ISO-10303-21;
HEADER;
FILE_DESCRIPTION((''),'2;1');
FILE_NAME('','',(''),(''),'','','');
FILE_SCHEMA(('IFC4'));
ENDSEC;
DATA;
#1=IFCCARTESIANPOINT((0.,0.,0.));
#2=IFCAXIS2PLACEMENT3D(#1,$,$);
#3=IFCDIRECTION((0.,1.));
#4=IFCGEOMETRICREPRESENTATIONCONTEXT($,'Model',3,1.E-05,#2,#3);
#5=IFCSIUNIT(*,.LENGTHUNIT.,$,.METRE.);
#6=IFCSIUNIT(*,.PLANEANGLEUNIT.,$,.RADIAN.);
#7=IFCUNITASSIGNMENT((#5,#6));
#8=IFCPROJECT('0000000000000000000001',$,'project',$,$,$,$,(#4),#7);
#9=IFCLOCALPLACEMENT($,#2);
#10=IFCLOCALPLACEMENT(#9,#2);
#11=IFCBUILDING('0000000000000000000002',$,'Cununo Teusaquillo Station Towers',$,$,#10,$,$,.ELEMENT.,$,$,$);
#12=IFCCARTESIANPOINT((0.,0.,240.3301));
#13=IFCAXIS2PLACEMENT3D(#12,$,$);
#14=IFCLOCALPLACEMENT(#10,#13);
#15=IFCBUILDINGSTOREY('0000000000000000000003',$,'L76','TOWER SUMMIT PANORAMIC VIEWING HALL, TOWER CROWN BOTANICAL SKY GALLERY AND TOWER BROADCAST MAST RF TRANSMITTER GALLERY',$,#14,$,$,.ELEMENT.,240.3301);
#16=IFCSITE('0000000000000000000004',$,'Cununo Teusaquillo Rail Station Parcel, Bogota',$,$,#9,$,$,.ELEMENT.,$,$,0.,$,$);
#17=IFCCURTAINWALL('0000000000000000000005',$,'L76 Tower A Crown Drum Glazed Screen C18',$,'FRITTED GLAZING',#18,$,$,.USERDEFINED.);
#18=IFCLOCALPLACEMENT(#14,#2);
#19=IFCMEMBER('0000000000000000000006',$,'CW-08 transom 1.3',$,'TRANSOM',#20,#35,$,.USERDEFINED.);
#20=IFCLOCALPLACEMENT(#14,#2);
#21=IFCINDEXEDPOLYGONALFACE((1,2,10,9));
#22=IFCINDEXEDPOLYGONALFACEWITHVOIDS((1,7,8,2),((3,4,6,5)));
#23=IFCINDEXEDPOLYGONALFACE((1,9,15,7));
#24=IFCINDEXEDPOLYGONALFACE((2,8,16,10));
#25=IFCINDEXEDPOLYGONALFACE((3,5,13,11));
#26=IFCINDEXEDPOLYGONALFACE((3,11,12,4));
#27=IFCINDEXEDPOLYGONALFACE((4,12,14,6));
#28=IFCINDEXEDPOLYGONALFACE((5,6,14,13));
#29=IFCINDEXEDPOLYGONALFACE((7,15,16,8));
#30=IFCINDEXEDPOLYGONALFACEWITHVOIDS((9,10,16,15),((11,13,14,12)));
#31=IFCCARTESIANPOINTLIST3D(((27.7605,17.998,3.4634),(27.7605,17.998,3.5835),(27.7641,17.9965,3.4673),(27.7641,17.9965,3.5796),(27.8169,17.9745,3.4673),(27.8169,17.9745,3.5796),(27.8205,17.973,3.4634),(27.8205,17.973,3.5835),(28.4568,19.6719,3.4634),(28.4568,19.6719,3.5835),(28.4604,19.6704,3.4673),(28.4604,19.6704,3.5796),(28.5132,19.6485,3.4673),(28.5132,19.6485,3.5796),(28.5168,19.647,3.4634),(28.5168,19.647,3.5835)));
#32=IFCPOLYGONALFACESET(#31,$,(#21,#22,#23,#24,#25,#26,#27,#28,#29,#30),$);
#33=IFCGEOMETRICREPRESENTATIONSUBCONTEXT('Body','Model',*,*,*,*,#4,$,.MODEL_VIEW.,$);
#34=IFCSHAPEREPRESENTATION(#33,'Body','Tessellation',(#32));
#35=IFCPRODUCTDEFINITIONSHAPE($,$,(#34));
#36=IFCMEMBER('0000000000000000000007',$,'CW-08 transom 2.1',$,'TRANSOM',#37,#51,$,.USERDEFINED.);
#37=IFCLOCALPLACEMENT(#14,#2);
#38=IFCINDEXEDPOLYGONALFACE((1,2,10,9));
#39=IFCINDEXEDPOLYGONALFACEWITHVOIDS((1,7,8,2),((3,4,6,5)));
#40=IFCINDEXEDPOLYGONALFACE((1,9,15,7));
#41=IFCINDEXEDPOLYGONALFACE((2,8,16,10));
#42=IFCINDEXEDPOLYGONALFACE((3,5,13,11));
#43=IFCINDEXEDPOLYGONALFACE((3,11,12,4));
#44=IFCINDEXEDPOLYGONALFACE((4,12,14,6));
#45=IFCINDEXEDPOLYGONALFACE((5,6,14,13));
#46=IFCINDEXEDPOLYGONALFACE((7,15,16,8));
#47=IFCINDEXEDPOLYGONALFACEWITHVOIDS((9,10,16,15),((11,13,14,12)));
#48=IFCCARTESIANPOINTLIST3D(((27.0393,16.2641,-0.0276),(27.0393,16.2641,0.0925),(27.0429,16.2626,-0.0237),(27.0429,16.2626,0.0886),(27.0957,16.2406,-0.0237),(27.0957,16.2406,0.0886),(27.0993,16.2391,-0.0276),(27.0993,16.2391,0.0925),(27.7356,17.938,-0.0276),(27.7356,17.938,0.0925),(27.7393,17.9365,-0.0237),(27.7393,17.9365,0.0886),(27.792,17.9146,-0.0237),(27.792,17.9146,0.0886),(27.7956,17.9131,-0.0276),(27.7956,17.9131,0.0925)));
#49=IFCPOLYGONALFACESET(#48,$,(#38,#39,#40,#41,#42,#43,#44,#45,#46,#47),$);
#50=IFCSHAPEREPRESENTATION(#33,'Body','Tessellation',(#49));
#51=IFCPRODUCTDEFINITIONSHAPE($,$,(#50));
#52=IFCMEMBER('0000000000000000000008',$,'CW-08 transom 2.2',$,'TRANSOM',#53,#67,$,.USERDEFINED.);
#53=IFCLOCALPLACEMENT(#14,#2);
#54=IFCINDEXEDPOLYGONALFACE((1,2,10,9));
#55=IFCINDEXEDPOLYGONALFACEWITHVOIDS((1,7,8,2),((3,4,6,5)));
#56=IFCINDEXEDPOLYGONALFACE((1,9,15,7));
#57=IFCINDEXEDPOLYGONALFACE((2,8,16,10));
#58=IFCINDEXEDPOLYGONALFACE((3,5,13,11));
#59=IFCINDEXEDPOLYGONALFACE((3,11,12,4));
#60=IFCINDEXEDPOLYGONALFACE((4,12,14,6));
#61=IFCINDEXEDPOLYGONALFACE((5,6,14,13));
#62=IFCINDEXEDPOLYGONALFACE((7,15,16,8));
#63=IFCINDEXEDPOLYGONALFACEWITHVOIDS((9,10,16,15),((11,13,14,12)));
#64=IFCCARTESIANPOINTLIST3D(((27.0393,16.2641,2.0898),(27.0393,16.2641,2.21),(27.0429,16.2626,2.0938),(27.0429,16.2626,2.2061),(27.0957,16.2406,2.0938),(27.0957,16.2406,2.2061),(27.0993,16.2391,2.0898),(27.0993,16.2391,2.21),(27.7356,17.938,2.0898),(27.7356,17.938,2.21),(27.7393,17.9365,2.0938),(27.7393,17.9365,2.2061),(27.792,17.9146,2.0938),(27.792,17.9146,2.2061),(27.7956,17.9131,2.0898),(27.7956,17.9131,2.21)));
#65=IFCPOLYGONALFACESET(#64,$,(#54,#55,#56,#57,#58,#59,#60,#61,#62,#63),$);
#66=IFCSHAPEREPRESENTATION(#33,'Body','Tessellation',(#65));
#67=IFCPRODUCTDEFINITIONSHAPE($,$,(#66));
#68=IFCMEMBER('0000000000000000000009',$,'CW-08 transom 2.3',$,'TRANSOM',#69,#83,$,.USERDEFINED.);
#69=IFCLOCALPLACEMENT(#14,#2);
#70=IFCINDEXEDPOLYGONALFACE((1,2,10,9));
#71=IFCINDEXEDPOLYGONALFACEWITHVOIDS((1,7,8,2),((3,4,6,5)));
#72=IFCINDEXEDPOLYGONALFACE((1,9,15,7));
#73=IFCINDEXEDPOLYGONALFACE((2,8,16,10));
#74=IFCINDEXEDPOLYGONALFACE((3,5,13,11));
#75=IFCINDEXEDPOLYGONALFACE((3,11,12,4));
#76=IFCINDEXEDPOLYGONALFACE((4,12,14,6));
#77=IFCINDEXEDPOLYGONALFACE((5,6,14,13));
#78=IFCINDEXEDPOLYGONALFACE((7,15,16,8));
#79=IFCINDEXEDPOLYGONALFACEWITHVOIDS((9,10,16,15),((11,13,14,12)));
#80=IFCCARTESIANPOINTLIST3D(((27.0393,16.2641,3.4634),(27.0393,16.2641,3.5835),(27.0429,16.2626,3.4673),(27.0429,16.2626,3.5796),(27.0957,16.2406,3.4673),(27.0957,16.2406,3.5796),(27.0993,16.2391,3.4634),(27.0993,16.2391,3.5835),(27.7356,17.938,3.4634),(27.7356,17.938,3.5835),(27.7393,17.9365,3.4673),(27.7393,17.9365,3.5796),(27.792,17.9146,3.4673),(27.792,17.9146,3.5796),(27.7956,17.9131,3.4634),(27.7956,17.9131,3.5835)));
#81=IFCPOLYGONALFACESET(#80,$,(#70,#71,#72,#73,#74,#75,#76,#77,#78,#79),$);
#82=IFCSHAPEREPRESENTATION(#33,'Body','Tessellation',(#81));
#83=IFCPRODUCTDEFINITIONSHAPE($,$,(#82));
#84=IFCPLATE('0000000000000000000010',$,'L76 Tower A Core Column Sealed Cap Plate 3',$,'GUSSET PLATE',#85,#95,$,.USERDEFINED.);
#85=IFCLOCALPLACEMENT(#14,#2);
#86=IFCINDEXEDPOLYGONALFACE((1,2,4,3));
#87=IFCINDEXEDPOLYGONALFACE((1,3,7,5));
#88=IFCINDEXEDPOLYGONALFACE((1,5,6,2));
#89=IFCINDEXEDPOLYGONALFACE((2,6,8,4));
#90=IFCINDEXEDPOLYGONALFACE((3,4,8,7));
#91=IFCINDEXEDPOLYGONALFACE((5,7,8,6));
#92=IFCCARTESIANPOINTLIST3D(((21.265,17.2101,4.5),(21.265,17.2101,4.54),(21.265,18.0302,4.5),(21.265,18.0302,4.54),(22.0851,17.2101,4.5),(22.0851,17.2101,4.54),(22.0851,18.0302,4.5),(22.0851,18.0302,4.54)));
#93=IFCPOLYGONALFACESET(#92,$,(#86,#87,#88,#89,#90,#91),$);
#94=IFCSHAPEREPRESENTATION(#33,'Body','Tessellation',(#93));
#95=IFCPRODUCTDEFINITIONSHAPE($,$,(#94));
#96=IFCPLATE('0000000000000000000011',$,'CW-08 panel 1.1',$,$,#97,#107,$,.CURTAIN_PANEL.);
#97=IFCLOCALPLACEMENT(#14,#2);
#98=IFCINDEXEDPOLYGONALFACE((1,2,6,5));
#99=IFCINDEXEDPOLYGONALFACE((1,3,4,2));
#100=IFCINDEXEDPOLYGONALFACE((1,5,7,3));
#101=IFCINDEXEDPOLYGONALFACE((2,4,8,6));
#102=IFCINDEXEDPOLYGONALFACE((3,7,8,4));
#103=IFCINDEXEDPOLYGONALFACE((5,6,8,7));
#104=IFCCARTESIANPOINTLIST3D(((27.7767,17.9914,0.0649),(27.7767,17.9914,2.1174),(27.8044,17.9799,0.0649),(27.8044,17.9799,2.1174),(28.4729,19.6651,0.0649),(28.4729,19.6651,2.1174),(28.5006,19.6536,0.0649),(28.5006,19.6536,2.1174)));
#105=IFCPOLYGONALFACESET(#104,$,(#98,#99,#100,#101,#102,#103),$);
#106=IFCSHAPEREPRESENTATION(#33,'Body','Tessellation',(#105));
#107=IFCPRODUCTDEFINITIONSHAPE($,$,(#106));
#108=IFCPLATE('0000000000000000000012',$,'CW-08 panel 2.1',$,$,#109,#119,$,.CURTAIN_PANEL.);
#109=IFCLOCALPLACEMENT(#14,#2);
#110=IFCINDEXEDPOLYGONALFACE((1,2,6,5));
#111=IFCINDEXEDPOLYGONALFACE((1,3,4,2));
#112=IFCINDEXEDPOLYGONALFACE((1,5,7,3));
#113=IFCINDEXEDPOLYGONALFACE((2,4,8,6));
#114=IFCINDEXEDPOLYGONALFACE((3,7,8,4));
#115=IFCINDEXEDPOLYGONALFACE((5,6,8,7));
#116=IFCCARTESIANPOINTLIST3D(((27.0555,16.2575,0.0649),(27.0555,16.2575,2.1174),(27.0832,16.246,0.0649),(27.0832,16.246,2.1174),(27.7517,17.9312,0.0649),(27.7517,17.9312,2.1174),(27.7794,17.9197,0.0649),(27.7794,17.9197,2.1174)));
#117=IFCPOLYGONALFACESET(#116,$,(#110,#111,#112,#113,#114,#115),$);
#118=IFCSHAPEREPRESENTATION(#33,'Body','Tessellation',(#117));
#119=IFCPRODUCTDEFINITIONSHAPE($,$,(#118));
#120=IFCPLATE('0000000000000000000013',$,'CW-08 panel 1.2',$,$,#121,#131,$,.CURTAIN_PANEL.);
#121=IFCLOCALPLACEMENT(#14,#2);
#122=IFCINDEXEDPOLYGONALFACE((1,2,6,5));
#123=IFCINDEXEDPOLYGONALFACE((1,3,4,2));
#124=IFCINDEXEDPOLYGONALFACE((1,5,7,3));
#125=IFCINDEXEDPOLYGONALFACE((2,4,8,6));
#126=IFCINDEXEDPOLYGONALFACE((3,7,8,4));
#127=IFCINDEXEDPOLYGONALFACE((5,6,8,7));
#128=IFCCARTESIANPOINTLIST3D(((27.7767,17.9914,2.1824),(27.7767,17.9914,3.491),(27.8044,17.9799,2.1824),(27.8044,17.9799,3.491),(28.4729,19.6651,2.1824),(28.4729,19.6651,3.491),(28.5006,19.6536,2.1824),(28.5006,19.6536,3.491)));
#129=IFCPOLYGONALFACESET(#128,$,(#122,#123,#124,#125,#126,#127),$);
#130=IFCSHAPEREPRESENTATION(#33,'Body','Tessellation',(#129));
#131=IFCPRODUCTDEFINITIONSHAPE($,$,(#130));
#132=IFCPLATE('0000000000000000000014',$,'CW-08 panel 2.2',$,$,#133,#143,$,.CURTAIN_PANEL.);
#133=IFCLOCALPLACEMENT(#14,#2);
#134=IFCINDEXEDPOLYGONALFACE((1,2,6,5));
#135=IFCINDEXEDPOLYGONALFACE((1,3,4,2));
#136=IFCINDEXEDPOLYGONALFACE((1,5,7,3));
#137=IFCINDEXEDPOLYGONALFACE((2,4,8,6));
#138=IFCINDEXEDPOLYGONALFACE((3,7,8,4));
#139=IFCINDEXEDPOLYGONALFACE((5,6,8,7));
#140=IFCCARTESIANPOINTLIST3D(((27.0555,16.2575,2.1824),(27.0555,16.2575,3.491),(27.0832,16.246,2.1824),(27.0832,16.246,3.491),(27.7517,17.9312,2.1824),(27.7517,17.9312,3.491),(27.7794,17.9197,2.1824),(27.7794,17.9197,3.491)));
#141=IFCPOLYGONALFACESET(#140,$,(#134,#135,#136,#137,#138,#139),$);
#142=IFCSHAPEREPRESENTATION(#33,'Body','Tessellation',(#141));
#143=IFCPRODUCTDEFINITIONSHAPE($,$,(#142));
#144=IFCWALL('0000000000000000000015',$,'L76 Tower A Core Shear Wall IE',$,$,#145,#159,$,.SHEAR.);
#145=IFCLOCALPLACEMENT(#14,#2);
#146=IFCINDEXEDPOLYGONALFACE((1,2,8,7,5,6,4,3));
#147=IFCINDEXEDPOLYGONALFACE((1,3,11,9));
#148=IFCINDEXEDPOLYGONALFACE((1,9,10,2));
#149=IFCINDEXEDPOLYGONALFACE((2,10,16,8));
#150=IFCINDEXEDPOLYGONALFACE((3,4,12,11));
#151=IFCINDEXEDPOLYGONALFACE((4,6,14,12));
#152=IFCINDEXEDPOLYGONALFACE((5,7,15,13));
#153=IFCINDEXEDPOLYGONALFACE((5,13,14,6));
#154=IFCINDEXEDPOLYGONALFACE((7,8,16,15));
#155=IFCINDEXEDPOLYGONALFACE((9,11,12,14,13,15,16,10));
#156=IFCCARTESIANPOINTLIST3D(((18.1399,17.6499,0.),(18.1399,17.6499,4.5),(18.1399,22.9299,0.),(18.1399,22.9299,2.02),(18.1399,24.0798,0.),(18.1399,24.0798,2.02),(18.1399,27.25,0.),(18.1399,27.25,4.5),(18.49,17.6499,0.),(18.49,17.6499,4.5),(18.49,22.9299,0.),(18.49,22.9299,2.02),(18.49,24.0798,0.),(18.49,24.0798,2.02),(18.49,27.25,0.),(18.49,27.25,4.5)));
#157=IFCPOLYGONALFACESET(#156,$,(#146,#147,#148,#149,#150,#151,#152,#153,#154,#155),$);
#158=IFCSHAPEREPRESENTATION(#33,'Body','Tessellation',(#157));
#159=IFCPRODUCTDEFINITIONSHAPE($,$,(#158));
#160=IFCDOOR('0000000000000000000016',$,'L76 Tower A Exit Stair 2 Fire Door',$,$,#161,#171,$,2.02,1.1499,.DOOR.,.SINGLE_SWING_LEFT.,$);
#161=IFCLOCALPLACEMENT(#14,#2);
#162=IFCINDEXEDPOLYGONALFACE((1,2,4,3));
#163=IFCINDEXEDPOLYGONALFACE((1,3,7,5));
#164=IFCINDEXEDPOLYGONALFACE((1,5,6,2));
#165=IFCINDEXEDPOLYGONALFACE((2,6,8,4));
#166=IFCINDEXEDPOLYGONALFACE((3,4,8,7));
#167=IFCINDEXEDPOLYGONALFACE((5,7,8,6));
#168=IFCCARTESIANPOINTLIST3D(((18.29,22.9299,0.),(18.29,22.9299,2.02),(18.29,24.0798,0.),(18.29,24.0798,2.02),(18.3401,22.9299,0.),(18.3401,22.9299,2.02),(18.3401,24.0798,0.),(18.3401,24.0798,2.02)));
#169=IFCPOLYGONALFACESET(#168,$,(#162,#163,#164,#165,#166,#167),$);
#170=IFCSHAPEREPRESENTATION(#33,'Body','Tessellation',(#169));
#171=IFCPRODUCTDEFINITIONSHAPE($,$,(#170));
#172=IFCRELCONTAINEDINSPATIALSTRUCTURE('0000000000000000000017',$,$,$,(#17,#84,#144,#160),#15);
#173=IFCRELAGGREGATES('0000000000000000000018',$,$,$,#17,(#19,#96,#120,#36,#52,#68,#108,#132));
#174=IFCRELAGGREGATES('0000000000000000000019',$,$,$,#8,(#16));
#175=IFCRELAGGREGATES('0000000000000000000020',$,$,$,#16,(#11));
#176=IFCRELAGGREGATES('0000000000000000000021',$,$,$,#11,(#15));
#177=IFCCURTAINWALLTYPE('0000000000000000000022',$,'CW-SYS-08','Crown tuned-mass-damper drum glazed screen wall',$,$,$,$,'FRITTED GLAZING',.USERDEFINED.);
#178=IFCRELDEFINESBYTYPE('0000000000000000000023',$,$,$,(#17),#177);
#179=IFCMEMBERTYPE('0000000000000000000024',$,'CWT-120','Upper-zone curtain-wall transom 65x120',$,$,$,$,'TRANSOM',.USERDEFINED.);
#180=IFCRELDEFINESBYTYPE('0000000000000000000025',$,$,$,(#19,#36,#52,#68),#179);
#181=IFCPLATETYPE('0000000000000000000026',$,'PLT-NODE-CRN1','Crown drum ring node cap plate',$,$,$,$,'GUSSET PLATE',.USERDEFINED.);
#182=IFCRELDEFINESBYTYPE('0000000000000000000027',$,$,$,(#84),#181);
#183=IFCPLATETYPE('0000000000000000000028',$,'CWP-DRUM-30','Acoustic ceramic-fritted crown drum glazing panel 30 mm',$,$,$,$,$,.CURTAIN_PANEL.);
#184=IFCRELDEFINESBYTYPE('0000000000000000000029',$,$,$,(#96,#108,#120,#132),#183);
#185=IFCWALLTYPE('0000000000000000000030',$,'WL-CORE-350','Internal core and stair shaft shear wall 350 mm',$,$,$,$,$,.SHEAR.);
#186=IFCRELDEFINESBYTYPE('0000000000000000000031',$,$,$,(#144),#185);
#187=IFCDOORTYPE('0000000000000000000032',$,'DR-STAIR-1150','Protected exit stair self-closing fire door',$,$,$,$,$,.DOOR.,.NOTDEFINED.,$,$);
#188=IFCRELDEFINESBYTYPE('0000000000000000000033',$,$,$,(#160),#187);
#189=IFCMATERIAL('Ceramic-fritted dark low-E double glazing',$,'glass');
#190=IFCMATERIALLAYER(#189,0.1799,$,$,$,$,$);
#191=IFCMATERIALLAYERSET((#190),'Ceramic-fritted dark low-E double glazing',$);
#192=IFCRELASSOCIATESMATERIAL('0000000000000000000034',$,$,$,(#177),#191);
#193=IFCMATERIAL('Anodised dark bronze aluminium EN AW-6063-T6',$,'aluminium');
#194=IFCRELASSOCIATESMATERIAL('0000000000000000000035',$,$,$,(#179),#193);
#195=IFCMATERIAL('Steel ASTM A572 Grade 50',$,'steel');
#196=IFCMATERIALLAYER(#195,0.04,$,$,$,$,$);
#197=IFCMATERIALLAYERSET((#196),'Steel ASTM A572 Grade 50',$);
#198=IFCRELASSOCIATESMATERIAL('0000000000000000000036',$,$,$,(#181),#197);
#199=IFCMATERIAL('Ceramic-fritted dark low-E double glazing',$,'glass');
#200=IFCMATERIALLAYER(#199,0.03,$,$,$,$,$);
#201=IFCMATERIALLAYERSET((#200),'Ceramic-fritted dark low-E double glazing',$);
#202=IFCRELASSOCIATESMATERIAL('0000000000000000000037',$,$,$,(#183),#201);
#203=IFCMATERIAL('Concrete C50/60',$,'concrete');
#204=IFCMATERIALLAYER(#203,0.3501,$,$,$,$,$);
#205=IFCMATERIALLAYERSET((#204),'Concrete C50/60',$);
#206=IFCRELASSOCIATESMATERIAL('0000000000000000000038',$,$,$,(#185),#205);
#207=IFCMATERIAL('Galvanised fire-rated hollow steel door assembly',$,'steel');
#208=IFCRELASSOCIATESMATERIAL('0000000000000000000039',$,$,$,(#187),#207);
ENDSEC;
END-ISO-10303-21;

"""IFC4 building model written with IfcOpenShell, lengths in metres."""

from ifc_helpers import new_model, si_unit, direction, frame, frame_2d, origin, origin_2d, place, context, subcontext, project, spatial, rectangle, hollow_rectangle, extrude, source, transform, mapped, material, layer, layer_set, material_profile, profile_set, type_object, element, fill, aggregate, save


model = new_model("IFC4")

# Units and contexts
model_context = context("Model", 3, precision=1e-05, world=origin(), true_north=direction((0.0, 1.0)))
body_context = subcontext(model_context, "Body", "Model", "MODEL_VIEW")
ifc_project = project(units=[si_unit("LENGTHUNIT", "METRE"), si_unit("PLANEANGLEUNIT", "RADIAN")], contexts=[model_context])

# Site, building, storey
site_placement = place(None, origin())
site = spatial("IfcSite", under=ifc_project, at=site_placement, Name="Cununo Teusaquillo Rail Station Parcel, Bogota", CompositionType="ELEMENT", RefElevation=0.0)
building_placement = place(site_placement, origin())
building = spatial("IfcBuilding", under=site, at=building_placement, Name="Cununo Teusaquillo Station Towers", CompositionType="ELEMENT")
storey_placement = place(building_placement, frame((0.0, 0.0, 240.3301)))
storey = spatial("IfcBuildingStorey", under=building, at=storey_placement, Name="L76", Description="TOWER SUMMIT PANORAMIC VIEWING HALL, TOWER CROWN BOTANICAL SKY GALLERY AND TOWER BROADCAST MAST RF TRANSMITTER GALLERY", CompositionType="ELEMENT", Elevation=240.3301)

# Curtain wall, members
ifc_material_1 = material(Name="Ceramic-fritted dark low-E double glazing", Category="glass")
ifc_layer_1 = layer(ifc_material_1, 0.1799)
ifc_layer_set_1 = layer_set([ifc_layer_1], Name="Ceramic-fritted dark low-E double glazing")
curtain_wall_type = type_object("IfcCurtainWallType", Name="CW-SYS-08", Description="Crown tuned-mass-damper drum glazed screen wall", ElementType="FRITTED GLAZING", PredefinedType="USERDEFINED", material=ifc_layer_set_1)
curtain_wall_placement = place(storey_placement, origin())
curtain_wall = element("IfcCurtainWall", 1, at=curtain_wall_placement, inside=storey, type_object=curtain_wall_type, Name="L76 Tower A Crown Drum Glazed Screen C18", ObjectType="FRITTED GLAZING", PredefinedType="USERDEFINED")
ifc_material_2 = material(Name="Anodised dark bronze aluminium EN AW-6063-T6", Category="aluminium")
ifc_material_profile_1 = material_profile(ifc_material_2, hollow_rectangle(XDim=0.0649, YDim=0.1201, WallThickness=0.0039, at=origin_2d()), Name="CW-TRAN-65x120")
ifc_profile_set_1 = profile_set([ifc_material_profile_1], Name="Anodised dark bronze aluminium EN AW-6063-T6")
member_type_1 = type_object("IfcMemberType", Name="CWT-120", Description="Upper-zone curtain-wall transom 65x120", ElementType="TRANSOM", PredefinedType="USERDEFINED", material=ifc_profile_set_1)
member_1_placement = place(storey_placement, frame((28.4868, 19.6594, 3.5234), z_axis=(-0.38408, -0.9233, 0.0), x_axis=(0.9233, -0.38408, 0.0)))
member_1 = element("IfcMember", 2, at=member_1_placement, type_object=member_type_1, Name="CW-08 transom 1.3", ObjectType="TRANSOM", PredefinedType="USERDEFINED", context=body_context, shape_type="SweptSolid", body=[
    extrude(hollow_rectangle(XDim=0.0649, YDim=0.1201, WallThickness=0.0039, at=origin_2d()), origin(), (0.0, 0.0, 1.0), 1.813),
])
member_2_placement = place(storey_placement, frame((27.7656, 17.9255, 0.0325), z_axis=(-0.38408, -0.9233, 0.0), x_axis=(0.9233, -0.38408, 0.0)))
member_2 = element("IfcMember", 3, at=member_2_placement, type_object=member_type_1, Name="CW-08 transom 2.1", ObjectType="TRANSOM", PredefinedType="USERDEFINED", context=body_context, shape_type="SweptSolid", body=[
    extrude(hollow_rectangle(XDim=0.0649, YDim=0.1201, WallThickness=0.0039, at=origin_2d()), origin(), (0.0, 0.0, 1.0), 1.813),
])
member_3_placement = place(storey_placement, frame((27.7656, 17.9255, 2.1499), z_axis=(-0.38408, -0.9233, 0.0), x_axis=(0.9233, -0.38408, 0.0)))
member_3 = element("IfcMember", 4, at=member_3_placement, type_object=member_type_1, Name="CW-08 transom 2.2", ObjectType="TRANSOM", PredefinedType="USERDEFINED", context=body_context, shape_type="SweptSolid", body=[
    extrude(hollow_rectangle(XDim=0.0649, YDim=0.1201, WallThickness=0.0039, at=origin_2d()), origin(), (0.0, 0.0, 1.0), 1.813),
])
member_4_placement = place(storey_placement, frame((27.7656, 17.9255, 3.5234), z_axis=(-0.38408, -0.9233, 0.0), x_axis=(0.9233, -0.38408, 0.0)))
member_4 = element("IfcMember", 5, at=member_4_placement, type_object=member_type_1, Name="CW-08 transom 2.3", ObjectType="TRANSOM", PredefinedType="USERDEFINED", context=body_context, shape_type="SweptSolid", body=[
    extrude(hollow_rectangle(XDim=0.0649, YDim=0.1201, WallThickness=0.0039, at=origin_2d()), origin(), (0.0, 0.0, 1.0), 1.813),
])

# Plates
ifc_material_3 = material(Name="Steel ASTM A572 Grade 50", Category="steel")
ifc_layer_2 = layer(ifc_material_3, 0.04)
ifc_layer_set_2 = layer_set([ifc_layer_2], Name="Steel ASTM A572 Grade 50")
plate_type_1 = type_object("IfcPlateType", Name="PLT-NODE-CRN1", Description="Crown drum ring node cap plate", ElementType="GUSSET PLATE", PredefinedType="USERDEFINED", material=ifc_layer_set_2)
shared_shape_1 = source(origin(), body_context, "Body", "SweptSolid", [
    extrude(rectangle(XDim=0.8201, YDim=0.8201, at=origin_2d()), origin(), (0.0, 0.0, 1.0), 0.04),
])
plate_1_placement = place(storey_placement, frame((21.675, 17.6201, 4.5), z_axis=(0.0, 0.0, 1.0), x_axis=(1.0, 0.0, 0.0)))
element("IfcPlate", 6, at=plate_1_placement, inside=storey, type_object=plate_type_1, Name="L76 Tower A Core Column Sealed Cap Plate 3", ObjectType="GUSSET PLATE", PredefinedType="USERDEFINED", context=body_context, shape_type="MappedRepresentation", body=[
    mapped(shared_shape_1, transform((0.0, 0.0, 0.0), x_axis=(1.0, 0.0, 0.0), y_axis=(0.0, 1.0, 0.0), z_axis=(0.0, 0.0, 1.0), scale=1.0)),
])
ifc_material_4 = material(Name="Ceramic-fritted dark low-E double glazing", Category="glass")
ifc_layer_3 = layer(ifc_material_4, 0.03)
ifc_layer_set_3 = layer_set([ifc_layer_3], Name="Ceramic-fritted dark low-E double glazing")
plate_type_2 = type_object("IfcPlateType", Name="CWP-DRUM-30", Description="Acoustic ceramic-fritted crown drum glazing panel 30 mm", PredefinedType="CURTAIN_PANEL", material=ifc_layer_set_3)
shared_shape_2 = source(origin(), body_context, "Body", "SweptSolid", [
    extrude(rectangle(XDim=1.8127, YDim=0.03, at=origin_2d()), origin(), (0.0, 0.0, 1.0), 2.0525),
])
plate_2_placement = place(storey_placement, frame((28.1387, 18.8225, 0.0649), z_axis=(0.0, 0.0, 1.0), x_axis=(-0.384063, -0.923307, 0.0)))
plate_2 = element("IfcPlate", 7, at=plate_2_placement, type_object=plate_type_2, Name="CW-08 panel 1.1", PredefinedType="CURTAIN_PANEL", context=body_context, shape_type="MappedRepresentation", body=[
    mapped(shared_shape_2, transform((0.0, 0.0, 0.0), x_axis=(1.0, 0.0, 0.0), y_axis=(0.0, 1.0, 0.0), z_axis=(0.0, 0.0, 1.0), scale=1.0)),
])
plate_3_placement = place(storey_placement, frame((27.4175, 17.0886, 0.0649), z_axis=(0.0, 0.0, 1.0), x_axis=(-0.384063, -0.923307, 0.0)))
plate_3 = element("IfcPlate", 8, at=plate_3_placement, type_object=plate_type_2, Name="CW-08 panel 2.1", PredefinedType="CURTAIN_PANEL", context=body_context, shape_type="MappedRepresentation", body=[
    mapped(shared_shape_2, transform((0.0, 0.0, 0.0), x_axis=(1.0, 0.0, 0.0), y_axis=(0.0, 1.0, 0.0), z_axis=(0.0, 0.0, 1.0), scale=1.0)),
])
shared_shape_3 = source(origin(), body_context, "Body", "SweptSolid", [
    extrude(rectangle(XDim=1.8127, YDim=0.03, at=origin_2d()), origin(), (0.0, 0.0, 1.0), 1.3086),
])
plate_4_placement = place(storey_placement, frame((28.1387, 18.8225, 2.1824), z_axis=(0.0, 0.0, 1.0), x_axis=(-0.384063, -0.923307, 0.0)))
plate_4 = element("IfcPlate", 9, at=plate_4_placement, type_object=plate_type_2, Name="CW-08 panel 1.2", PredefinedType="CURTAIN_PANEL", context=body_context, shape_type="MappedRepresentation", body=[
    mapped(shared_shape_3, transform((0.0, 0.0, 0.0), x_axis=(1.0, 0.0, 0.0), y_axis=(0.0, 1.0, 0.0), z_axis=(0.0, 0.0, 1.0), scale=1.0)),
])
plate_5_placement = place(storey_placement, frame((27.4175, 17.0886, 2.1824), z_axis=(0.0, 0.0, 1.0), x_axis=(-0.384063, -0.923307, 0.0)))
plate_5 = element("IfcPlate", 10, at=plate_5_placement, type_object=plate_type_2, Name="CW-08 panel 2.2", PredefinedType="CURTAIN_PANEL", context=body_context, shape_type="MappedRepresentation", body=[
    mapped(shared_shape_3, transform((0.0, 0.0, 0.0), x_axis=(1.0, 0.0, 0.0), y_axis=(0.0, 1.0, 0.0), z_axis=(0.0, 0.0, 1.0), scale=1.0)),
])
aggregate(curtain_wall, [member_1, plate_2, plate_4, member_2, member_3, member_4, plate_3, plate_5])

# Wall, opening, door
ifc_material_5 = material(Name="Concrete C50/60", Category="concrete")
ifc_layer_4 = layer(ifc_material_5, 0.3501)
ifc_layer_set_4 = layer_set([ifc_layer_4], Name="Concrete C50/60")
wall_type_1 = type_object("IfcWallType", Name="WL-CORE-350", Description="Internal core and stair shaft shear wall 350 mm", PredefinedType="SHEAR", material=ifc_layer_set_4)
wall_1_placement = place(storey_placement, frame((18.3149, 17.6499, 0.0), z_axis=(0.0, 0.0, 1.0), x_axis=(0.0, 1.0, 0.0)))
wall_1 = element("IfcWall", 11, at=wall_1_placement, inside=storey, type_object=wall_type_1, Name="L76 Tower A Core Shear Wall IE", PredefinedType="SHEAR", context=body_context, shape_type="SweptSolid", body=[
    extrude(rectangle(XDim=9.6001, YDim=0.3501, at=frame_2d((4.8, 0.0))), origin(), (0.0, 0.0, 1.0), 4.5),
])
shared_shape_4 = source(origin(), body_context, "Body", "SweptSolid", [
    extrude(rectangle(XDim=1.1499, YDim=2.02, at=frame_2d((0.575, 1.01))), frame((0.0, 0.1851, 0.0), z_axis=(0.0, -1.0, 0.0), x_axis=(1.0, 0.0, 0.0)), (0.0, 0.0, 1.0), 0.3701),
])
opening_placement = place(wall_1_placement, frame((5.28, 0.0, 0.0)))
opening = element("IfcOpeningElement", 12, at=opening_placement, cuts=wall_1, PredefinedType="OPENING", context=body_context, shape_type="MappedRepresentation", body=[
    mapped(shared_shape_4, transform((0.0, 0.0, 0.0), x_axis=(1.0, 0.0, 0.0), y_axis=(0.0, 1.0, 0.0), z_axis=(0.0, 0.0, 1.0), scale=1.0)),
])
ifc_material_6 = material(Name="Galvanised fire-rated hollow steel door assembly", Category="steel")
door_type = type_object("IfcDoorType", Name="DR-STAIR-1150", Description="Protected exit stair self-closing fire door", OperationType="NOTDEFINED", PredefinedType="DOOR", material=ifc_material_6)
shared_shape_5 = source(origin(), body_context, "Body", "SweptSolid", [
    extrude(rectangle(XDim=1.1499, YDim=2.02, at=frame_2d((0.575, 1.01))), frame((0.0, 0.0249, 0.0), z_axis=(0.0, -1.0, 0.0), x_axis=(1.0, 0.0, 0.0)), (0.0, 0.0, 1.0), 0.05),
])
door_placement = place(opening_placement, origin())
door = element("IfcDoor", 13, at=door_placement, inside=storey, type_object=door_type, Name="L76 Tower A Exit Stair 2 Fire Door", OperationType="SINGLE_SWING_LEFT", OverallHeight=2.02, OverallWidth=1.1499, PredefinedType="DOOR", context=body_context, shape_type="MappedRepresentation", body=[
    mapped(shared_shape_5, transform((0.0, 0.0, 0.0), x_axis=(1.0, 0.0, 0.0), y_axis=(0.0, 1.0, 0.0), z_axis=(0.0, 0.0, 1.0), scale=1.0)),
])
fill(opening, door)

save(model, "model.ifc")
